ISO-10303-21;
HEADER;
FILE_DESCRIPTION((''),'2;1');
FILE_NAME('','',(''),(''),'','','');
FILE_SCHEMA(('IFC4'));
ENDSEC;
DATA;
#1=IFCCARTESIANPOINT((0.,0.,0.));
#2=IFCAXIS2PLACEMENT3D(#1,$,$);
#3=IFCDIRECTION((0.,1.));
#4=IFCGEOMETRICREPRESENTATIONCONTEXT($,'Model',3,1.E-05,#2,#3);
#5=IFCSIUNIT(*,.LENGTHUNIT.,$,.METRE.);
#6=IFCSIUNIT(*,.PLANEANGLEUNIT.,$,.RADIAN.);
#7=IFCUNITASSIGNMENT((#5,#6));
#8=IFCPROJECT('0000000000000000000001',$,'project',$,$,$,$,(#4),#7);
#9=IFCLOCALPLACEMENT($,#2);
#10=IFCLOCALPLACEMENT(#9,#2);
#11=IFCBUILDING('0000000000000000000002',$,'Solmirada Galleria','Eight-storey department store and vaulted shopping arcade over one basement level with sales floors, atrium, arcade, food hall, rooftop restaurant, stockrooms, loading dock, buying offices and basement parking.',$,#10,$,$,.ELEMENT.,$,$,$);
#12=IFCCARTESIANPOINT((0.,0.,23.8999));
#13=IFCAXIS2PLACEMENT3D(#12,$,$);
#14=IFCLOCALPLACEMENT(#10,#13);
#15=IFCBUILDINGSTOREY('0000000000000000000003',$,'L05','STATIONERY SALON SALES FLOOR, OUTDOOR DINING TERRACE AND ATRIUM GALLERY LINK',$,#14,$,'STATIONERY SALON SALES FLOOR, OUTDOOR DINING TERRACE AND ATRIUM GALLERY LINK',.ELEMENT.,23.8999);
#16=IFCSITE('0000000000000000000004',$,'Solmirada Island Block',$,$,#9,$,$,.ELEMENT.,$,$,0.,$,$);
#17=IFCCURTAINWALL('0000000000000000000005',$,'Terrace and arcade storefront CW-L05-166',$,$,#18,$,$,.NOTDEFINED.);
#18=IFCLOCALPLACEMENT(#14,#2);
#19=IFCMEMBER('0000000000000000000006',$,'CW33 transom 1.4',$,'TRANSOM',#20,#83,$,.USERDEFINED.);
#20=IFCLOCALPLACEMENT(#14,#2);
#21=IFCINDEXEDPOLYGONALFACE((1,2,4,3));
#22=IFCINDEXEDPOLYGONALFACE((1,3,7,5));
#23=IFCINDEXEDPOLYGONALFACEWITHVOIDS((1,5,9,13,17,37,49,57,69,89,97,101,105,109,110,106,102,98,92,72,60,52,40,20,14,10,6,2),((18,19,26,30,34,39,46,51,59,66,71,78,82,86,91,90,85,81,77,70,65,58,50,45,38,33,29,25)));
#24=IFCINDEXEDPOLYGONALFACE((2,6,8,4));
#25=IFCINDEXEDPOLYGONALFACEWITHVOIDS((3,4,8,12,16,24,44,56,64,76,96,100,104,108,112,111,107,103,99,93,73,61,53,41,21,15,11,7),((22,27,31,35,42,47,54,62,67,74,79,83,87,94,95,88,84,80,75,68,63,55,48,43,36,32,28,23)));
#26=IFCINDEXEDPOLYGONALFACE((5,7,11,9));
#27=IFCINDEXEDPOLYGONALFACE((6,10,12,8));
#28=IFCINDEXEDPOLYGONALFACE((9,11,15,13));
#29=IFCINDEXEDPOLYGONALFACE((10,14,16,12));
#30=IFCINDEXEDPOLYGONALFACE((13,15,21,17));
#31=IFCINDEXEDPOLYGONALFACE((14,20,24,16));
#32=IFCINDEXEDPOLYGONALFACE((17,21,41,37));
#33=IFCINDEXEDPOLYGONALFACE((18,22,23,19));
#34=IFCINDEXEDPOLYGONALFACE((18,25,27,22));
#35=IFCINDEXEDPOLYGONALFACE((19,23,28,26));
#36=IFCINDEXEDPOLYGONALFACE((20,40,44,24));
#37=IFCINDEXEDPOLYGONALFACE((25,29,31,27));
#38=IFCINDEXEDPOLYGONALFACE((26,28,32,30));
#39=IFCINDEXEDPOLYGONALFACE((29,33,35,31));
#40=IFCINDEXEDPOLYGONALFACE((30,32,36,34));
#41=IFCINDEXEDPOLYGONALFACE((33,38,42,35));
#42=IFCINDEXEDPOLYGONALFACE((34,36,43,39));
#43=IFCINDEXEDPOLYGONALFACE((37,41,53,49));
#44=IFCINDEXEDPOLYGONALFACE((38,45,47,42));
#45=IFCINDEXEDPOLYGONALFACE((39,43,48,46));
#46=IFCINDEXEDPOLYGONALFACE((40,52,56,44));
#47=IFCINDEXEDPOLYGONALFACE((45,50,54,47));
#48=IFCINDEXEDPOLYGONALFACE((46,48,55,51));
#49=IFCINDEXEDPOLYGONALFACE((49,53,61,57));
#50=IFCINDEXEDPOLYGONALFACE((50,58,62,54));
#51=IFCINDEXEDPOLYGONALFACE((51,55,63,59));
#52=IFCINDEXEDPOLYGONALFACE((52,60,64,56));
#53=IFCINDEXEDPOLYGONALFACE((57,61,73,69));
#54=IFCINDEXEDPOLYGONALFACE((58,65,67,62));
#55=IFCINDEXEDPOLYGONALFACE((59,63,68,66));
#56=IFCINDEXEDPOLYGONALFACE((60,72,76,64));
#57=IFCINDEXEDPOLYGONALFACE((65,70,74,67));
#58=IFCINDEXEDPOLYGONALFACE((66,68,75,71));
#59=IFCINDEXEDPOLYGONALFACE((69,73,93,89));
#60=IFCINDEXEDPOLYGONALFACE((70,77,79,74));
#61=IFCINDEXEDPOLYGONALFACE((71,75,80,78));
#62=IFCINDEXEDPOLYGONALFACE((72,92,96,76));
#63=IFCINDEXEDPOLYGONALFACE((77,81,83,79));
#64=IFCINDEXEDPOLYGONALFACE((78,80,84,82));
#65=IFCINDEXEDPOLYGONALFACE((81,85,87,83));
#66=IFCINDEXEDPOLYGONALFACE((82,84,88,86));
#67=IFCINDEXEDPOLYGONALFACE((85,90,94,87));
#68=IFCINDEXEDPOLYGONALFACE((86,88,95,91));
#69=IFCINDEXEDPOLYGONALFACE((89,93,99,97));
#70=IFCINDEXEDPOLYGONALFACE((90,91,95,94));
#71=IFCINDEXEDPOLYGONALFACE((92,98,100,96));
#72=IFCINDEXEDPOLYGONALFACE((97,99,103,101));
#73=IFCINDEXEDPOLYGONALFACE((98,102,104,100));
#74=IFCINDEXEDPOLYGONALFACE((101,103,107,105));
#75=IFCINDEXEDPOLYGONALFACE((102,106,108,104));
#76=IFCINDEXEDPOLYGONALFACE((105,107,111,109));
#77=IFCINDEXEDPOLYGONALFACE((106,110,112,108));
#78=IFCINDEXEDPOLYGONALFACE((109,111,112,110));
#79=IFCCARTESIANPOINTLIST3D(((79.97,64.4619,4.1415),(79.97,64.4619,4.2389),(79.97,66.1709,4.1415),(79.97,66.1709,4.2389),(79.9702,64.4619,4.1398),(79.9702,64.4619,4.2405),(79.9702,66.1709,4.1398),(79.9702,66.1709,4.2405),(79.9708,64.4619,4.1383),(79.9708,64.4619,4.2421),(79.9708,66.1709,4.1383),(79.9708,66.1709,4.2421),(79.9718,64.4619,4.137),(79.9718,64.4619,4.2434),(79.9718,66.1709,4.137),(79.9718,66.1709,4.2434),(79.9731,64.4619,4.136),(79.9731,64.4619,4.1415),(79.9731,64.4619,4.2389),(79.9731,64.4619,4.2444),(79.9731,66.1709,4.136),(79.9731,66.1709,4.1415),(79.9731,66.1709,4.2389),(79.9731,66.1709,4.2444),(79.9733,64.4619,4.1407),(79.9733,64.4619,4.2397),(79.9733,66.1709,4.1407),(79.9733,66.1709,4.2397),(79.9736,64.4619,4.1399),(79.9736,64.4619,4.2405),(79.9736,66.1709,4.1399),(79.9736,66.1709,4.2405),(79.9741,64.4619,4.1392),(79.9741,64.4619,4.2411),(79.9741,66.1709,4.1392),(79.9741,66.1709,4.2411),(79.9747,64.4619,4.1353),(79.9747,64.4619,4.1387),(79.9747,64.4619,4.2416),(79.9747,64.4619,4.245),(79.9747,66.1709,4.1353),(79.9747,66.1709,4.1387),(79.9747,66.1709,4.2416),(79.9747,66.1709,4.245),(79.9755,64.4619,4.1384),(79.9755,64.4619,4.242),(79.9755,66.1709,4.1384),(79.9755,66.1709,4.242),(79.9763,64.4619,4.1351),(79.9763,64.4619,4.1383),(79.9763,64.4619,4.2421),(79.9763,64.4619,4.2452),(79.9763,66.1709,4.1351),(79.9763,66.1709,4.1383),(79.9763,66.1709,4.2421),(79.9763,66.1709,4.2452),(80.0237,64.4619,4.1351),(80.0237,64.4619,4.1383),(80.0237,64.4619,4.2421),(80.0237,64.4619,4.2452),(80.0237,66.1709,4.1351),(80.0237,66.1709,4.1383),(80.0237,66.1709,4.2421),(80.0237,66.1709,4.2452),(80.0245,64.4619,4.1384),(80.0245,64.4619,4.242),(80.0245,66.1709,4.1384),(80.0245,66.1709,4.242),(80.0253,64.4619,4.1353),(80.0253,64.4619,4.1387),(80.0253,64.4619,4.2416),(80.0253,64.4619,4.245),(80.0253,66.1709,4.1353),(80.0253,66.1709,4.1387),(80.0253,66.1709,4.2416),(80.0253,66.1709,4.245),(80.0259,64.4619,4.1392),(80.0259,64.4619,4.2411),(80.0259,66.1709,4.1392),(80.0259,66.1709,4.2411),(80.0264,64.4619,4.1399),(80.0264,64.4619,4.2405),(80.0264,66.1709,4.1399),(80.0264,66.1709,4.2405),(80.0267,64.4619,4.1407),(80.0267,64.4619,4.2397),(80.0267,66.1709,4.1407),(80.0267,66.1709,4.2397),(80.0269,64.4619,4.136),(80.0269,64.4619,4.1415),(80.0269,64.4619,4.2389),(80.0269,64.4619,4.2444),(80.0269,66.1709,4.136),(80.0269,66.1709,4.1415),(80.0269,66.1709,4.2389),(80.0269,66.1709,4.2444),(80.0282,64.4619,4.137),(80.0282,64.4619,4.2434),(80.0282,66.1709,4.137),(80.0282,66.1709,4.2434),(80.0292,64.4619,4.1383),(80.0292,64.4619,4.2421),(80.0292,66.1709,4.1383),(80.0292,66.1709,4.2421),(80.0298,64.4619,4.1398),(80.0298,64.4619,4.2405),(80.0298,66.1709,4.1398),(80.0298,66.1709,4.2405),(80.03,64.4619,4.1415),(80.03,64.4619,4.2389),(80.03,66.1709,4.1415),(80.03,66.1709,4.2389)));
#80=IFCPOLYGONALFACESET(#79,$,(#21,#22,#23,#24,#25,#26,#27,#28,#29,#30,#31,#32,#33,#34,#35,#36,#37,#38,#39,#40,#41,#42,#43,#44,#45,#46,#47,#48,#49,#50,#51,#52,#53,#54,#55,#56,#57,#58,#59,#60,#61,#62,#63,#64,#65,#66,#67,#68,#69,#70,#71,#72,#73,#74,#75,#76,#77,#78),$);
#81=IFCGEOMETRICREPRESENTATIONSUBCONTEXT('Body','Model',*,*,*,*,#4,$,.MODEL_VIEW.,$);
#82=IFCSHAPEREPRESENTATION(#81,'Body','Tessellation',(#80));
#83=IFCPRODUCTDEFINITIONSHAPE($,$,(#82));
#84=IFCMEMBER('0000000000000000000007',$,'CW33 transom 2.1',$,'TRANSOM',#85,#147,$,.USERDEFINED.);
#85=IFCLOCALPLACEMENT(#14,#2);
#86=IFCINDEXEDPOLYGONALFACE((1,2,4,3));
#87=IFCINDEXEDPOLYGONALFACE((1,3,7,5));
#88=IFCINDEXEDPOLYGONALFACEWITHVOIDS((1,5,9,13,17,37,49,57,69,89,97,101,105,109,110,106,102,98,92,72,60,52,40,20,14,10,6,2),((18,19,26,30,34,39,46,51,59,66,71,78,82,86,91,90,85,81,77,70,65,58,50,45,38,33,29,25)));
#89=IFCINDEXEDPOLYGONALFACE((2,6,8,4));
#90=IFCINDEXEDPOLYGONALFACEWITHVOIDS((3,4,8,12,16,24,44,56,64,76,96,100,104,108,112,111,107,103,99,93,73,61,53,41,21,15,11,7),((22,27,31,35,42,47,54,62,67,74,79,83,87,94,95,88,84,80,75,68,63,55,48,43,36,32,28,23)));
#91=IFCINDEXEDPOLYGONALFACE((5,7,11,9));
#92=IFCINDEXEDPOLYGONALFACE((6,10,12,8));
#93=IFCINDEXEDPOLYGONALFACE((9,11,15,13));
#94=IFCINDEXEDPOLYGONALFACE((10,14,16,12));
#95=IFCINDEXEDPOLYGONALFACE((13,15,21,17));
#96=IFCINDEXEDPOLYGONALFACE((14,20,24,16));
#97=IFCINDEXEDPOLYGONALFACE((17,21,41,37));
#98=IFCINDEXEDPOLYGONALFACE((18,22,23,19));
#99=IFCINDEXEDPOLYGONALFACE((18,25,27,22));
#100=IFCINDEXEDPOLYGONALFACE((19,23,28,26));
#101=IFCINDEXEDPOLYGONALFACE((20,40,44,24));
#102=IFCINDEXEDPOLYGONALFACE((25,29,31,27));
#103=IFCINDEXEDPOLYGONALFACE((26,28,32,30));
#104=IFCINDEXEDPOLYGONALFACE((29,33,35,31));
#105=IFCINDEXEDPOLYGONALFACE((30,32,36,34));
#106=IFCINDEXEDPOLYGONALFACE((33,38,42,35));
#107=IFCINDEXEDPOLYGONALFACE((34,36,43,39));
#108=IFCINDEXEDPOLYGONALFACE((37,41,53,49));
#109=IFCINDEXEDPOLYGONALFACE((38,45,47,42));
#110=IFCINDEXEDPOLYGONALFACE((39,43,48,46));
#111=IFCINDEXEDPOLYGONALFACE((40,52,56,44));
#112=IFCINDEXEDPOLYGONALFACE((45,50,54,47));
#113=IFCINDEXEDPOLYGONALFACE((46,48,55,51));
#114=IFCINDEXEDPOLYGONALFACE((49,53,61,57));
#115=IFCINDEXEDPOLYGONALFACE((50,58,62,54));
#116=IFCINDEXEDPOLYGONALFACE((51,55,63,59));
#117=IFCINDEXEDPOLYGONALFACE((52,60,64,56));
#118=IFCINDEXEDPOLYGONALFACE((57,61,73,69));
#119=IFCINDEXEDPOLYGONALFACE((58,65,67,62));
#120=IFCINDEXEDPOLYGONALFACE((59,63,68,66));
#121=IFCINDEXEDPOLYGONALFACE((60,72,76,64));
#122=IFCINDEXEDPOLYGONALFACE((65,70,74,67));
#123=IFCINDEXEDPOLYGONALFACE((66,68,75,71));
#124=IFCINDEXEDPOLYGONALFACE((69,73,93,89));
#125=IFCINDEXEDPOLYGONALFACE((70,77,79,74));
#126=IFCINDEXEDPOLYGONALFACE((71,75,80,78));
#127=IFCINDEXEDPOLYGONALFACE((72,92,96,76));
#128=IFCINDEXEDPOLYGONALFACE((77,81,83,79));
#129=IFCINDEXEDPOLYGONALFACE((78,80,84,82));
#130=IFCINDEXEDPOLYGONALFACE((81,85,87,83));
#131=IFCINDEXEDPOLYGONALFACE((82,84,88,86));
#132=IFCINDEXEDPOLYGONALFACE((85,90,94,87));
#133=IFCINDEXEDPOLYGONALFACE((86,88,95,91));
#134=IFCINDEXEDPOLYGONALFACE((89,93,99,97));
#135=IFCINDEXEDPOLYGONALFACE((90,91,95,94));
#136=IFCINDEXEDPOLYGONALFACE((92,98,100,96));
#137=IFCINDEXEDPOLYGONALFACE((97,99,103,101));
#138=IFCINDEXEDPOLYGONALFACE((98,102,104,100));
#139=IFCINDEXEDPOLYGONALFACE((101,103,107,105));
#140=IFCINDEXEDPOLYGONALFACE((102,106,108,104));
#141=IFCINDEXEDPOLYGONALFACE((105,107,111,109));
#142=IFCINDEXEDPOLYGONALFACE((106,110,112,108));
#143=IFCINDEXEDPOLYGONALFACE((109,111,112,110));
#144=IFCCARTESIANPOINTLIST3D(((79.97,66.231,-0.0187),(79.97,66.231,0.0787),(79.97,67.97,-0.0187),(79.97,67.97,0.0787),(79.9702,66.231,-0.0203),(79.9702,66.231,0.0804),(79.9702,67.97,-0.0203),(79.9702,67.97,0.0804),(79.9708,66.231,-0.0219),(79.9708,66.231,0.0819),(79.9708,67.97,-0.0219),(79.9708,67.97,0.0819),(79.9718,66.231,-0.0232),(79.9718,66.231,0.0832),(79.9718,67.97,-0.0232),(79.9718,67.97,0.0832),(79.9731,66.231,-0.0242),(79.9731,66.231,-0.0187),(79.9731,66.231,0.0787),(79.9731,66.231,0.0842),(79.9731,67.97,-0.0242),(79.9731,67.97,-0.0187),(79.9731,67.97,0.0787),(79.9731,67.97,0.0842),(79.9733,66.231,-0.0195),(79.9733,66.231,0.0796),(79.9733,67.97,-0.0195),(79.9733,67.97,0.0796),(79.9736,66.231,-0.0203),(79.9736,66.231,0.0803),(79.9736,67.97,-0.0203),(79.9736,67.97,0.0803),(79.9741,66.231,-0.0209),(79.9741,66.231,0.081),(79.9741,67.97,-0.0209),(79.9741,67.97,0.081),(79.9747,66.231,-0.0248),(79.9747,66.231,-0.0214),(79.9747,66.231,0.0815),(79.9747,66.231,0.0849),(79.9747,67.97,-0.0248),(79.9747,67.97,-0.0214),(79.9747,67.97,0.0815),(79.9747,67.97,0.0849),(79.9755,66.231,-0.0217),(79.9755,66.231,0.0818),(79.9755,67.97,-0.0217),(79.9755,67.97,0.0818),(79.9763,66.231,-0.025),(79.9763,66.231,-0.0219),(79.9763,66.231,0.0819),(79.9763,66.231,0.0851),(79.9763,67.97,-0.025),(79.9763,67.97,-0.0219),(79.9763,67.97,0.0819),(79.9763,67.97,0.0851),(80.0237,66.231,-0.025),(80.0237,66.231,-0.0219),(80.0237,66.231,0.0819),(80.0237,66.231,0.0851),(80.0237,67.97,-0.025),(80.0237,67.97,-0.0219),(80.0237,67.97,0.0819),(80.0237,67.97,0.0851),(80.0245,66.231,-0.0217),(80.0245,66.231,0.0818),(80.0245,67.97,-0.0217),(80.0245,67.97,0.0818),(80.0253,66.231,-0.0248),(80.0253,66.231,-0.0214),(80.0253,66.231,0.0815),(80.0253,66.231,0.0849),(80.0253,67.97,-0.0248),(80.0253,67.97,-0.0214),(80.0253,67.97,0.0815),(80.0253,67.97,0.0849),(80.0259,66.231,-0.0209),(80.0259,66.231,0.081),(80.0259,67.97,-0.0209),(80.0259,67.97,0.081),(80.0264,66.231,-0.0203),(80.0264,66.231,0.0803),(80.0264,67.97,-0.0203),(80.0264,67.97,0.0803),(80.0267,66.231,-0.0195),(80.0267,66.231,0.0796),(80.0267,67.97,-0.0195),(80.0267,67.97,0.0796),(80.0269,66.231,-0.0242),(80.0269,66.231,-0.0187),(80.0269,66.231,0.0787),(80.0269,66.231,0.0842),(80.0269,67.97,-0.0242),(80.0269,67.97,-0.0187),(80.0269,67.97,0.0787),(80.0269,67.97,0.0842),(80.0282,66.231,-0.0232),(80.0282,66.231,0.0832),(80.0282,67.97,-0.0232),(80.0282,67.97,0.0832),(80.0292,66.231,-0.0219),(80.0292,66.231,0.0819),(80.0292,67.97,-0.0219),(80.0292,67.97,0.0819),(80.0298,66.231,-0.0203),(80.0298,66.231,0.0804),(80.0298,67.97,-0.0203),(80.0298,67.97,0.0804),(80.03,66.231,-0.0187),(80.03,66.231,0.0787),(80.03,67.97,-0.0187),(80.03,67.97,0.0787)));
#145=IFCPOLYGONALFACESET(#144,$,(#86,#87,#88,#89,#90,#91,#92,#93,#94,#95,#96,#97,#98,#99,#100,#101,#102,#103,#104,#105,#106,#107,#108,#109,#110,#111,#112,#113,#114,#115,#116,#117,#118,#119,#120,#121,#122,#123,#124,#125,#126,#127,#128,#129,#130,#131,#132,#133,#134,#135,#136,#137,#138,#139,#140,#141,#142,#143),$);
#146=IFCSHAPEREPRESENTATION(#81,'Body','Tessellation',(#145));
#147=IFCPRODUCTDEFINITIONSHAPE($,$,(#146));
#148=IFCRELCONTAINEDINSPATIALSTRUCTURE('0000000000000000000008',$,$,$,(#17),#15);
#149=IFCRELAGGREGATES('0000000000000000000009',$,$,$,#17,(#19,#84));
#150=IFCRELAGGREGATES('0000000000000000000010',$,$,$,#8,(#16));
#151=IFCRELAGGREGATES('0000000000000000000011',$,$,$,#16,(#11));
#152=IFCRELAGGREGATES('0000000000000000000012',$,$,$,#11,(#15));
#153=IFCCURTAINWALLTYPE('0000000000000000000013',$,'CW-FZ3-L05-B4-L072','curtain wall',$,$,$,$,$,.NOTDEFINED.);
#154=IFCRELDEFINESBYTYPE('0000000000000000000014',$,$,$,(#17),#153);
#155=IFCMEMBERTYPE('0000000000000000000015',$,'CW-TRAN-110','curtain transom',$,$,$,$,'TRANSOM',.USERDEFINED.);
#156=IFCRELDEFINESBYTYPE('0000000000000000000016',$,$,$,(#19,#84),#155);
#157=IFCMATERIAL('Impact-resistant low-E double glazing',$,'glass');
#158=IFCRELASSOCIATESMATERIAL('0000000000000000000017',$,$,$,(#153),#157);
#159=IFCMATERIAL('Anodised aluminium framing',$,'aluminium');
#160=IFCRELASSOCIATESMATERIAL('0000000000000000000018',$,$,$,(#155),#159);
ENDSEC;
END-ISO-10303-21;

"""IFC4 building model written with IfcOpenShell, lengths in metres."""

from ifc_helpers import new_model, si_unit, direction, frame, origin, origin_2d, place, context, subcontext, project, spatial, hollow_rectangle, extrude, material, material_profile, profile_set, type_object, element, aggregate, save


model = new_model("IFC4")

# Units and contexts
model_context = context("Model", 3, precision=1e-05, world=origin(), true_north=direction((0.0, 1.0)))
body_context = subcontext(model_context, "Body", "Model", "MODEL_VIEW")
ifc_project = project(units=[si_unit("LENGTHUNIT", "METRE"), si_unit("PLANEANGLEUNIT", "RADIAN")], contexts=[model_context])

# Site, building, storey
site_placement = place(None, origin())
site = spatial("IfcSite", under=ifc_project, at=site_placement, Name="Solmirada Island Block", CompositionType="ELEMENT", RefElevation=0.0)
building_placement = place(site_placement, origin())
building = spatial("IfcBuilding", under=site, at=building_placement, Name="Solmirada Galleria", Description="Eight-storey department store and vaulted shopping arcade over one basement level with sales floors, atrium, arcade, food hall, rooftop restaurant, stockrooms, loading dock, buying offices and basement parking.", CompositionType="ELEMENT")
storey_placement = place(building_placement, frame((0.0, 0.0, 23.8999)))
storey = spatial("IfcBuildingStorey", under=building, at=storey_placement, Name="L05", Description="STATIONERY SALON SALES FLOOR, OUTDOOR DINING TERRACE AND ATRIUM GALLERY LINK", LongName="STATIONERY SALON SALES FLOOR, OUTDOOR DINING TERRACE AND ATRIUM GALLERY LINK", CompositionType="ELEMENT", Elevation=23.8999)

# Shared definitions
ifc_material_1 = material(Name="Impact-resistant low-E double glazing", Category="glass")
curtain_wall_type = type_object("IfcCurtainWallType", Name="CW-FZ3-L05-B4-L072", Description="curtain wall", PredefinedType="NOTDEFINED", material=ifc_material_1)
ifc_material_2 = material(Name="Anodised aluminium framing", Category="aluminium")

# Curtain wall
curtain_wall_1_placement = place(storey_placement, origin())
curtain_wall_1 = element("IfcCurtainWall", 1, at=curtain_wall_1_placement, inside=storey, type_object=curtain_wall_type, Name="Terrace and arcade storefront CW-L05-166", PredefinedType="NOTDEFINED")

# Members
ifc_material_profile_1 = material_profile(ifc_material_2, hollow_rectangle(XDim=0.0601, YDim=0.1101, WallThickness=0.0032, InnerFilletRadius=0.0032, OuterFilletRadius=0.0063, at=origin_2d()), Name="ALU-TRAN-110X60")
ifc_profile_set_1 = profile_set([ifc_material_profile_1], Name="Anodised aluminium framing")
member_type_1 = type_object("IfcMemberType", Name="CW-TRAN-110", Description="curtain transom", ElementType="TRANSOM", PredefinedType="USERDEFINED", material=ifc_profile_set_1)
member_1_placement = place(storey_placement, frame((80.0, 64.4619, 4.1902), z_axis=(0.0, 1.0, 0.0), x_axis=(-1.0, 0.0, 0.0)))
member_1 = element("IfcMember", 2, at=member_1_placement, type_object=member_type_1, Name="CW33 transom 1.4", ObjectType="TRANSOM", PredefinedType="USERDEFINED", context=body_context, shape_type="SweptSolid", body=[
    extrude(hollow_rectangle(XDim=0.0601, YDim=0.1101, WallThickness=0.0032, InnerFilletRadius=0.0032, OuterFilletRadius=0.0063, at=origin_2d()), origin(), (0.0, 0.0, 1.0), 1.709),
])
member_2_placement = place(storey_placement, frame((80.0, 66.231, 0.03), z_axis=(0.0, 1.0, 0.0), x_axis=(-1.0, 0.0, 0.0)))
member_2 = element("IfcMember", 3, at=member_2_placement, type_object=member_type_1, Name="CW33 transom 2.1", ObjectType="TRANSOM", PredefinedType="USERDEFINED", context=body_context, shape_type="SweptSolid", body=[
    extrude(hollow_rectangle(XDim=0.0601, YDim=0.1101, WallThickness=0.0032, InnerFilletRadius=0.0032, OuterFilletRadius=0.0063, at=origin_2d()), origin(), (0.0, 0.0, 1.0), 1.739),
])

aggregate(curtain_wall_1, [member_1, member_2])

save(model, "model.ifc")
